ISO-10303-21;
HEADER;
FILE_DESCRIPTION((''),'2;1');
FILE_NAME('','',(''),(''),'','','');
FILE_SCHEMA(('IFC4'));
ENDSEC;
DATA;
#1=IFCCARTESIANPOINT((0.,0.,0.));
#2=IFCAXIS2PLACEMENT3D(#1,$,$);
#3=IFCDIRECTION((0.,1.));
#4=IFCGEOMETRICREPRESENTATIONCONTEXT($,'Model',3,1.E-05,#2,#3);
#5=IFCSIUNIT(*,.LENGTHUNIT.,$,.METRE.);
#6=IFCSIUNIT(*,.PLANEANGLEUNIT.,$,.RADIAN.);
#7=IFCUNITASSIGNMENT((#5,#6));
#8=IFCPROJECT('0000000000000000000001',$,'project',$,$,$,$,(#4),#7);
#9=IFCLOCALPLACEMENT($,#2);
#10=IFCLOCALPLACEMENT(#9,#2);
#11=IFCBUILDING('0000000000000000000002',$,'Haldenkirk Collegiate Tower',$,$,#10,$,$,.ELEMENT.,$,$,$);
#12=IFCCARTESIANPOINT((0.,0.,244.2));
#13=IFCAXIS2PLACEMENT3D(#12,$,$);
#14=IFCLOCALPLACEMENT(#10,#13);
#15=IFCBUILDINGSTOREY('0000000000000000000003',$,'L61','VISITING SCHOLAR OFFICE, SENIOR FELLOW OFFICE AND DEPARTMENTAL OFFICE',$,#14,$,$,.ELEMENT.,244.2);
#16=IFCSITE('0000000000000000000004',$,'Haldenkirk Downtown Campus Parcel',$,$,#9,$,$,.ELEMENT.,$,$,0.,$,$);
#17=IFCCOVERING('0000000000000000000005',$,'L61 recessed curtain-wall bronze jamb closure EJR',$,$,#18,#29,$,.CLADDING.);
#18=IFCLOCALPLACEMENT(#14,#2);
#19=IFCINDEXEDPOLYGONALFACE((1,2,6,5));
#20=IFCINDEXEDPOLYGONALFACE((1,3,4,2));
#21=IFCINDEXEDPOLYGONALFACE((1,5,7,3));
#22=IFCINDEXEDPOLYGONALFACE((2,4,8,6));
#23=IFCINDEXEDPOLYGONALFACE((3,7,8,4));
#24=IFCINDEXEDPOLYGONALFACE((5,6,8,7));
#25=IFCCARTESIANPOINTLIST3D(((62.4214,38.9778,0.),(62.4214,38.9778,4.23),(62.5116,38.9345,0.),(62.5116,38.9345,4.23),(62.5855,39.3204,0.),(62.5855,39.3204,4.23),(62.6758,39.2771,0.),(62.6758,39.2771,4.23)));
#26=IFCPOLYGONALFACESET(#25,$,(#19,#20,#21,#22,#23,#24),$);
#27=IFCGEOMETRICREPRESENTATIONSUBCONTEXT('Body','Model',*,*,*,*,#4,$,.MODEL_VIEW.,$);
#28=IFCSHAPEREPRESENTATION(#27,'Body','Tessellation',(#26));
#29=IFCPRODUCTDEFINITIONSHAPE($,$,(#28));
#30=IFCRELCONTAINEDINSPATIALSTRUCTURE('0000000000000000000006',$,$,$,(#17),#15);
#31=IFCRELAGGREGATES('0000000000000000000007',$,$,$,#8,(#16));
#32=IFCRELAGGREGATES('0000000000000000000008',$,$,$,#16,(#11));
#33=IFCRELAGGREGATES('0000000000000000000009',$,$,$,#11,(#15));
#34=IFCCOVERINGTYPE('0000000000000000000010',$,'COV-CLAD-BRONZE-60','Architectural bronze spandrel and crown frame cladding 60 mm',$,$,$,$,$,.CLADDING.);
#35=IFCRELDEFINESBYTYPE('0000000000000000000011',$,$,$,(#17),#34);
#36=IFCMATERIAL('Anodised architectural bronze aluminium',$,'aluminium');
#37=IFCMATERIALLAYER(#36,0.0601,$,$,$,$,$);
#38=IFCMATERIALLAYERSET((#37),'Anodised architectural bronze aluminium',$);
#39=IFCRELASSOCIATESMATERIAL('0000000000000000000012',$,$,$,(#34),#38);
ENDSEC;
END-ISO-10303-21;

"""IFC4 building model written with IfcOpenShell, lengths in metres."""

from ifc_helpers import new_model, si_unit, direction, frame, origin, origin_2d, place, context, subcontext, project, spatial, rectangle, extrude, source, transform, mapped, material, layer, layer_set, type_object, element, save


model = new_model("IFC4")

# Units and contexts
model_context = context("Model", 3, precision=1e-05, world=origin(), true_north=direction((0.0, 1.0)))
body_context = subcontext(model_context, "Body", "Model", "MODEL_VIEW")
ifc_project = project(units=[si_unit("LENGTHUNIT", "METRE"), si_unit("PLANEANGLEUNIT", "RADIAN")], contexts=[model_context])

# Site, building, storey
site_placement = place(None, origin())
site = spatial("IfcSite", under=ifc_project, at=site_placement, Name="Haldenkirk Downtown Campus Parcel", CompositionType="ELEMENT", RefElevation=0.0)
building_placement = place(site_placement, origin())
building = spatial("IfcBuilding", under=site, at=building_placement, Name="Haldenkirk Collegiate Tower", CompositionType="ELEMENT")
storey_placement = place(building_placement, frame((0.0, 0.0, 244.2)))
storey = spatial("IfcBuildingStorey", under=building, at=storey_placement, Name="L61", Description="VISITING SCHOLAR OFFICE, SENIOR FELLOW OFFICE AND DEPARTMENTAL OFFICE", CompositionType="ELEMENT", Elevation=244.2)

# Shared definitions
ifc_material_1 = material(Name="Anodised architectural bronze aluminium", Category="aluminium")

# Covering
ifc_layer_1 = layer(ifc_material_1, 0.0601)
ifc_layer_set_1 = layer_set([ifc_layer_1], Name="Anodised architectural bronze aluminium")
covering_type = type_object("IfcCoveringType", Name="COV-CLAD-BRONZE-60", Description="Architectural bronze spandrel and crown frame cladding 60 mm", PredefinedType="CLADDING", material=ifc_layer_set_1)
shared_shape_1 = source(origin(), body_context, "Body", "SweptSolid", [
    extrude(rectangle(XDim=0.1001, YDim=0.3799, at=origin_2d()), origin(), (0.0, 0.0, 1.0), 4.23),
])
covering_placement = place(storey_placement, frame((62.5486, 39.1274, 0.0), z_axis=(0.0, 0.0, 1.0), x_axis=(0.901833, -0.432086, 0.0)))
element("IfcCovering", 1, at=covering_placement, inside=storey, type_object=covering_type, Name="L61 recessed curtain-wall bronze jamb closure EJR", PredefinedType="CLADDING", context=body_context, shape_type="MappedRepresentation", body=[
    mapped(shared_shape_1, transform((0.0, 0.0, 0.0), x_axis=(1.0, 0.0, 0.0), y_axis=(0.0, 1.0, 0.0), z_axis=(0.0, 0.0, 1.0), scale=1.0)),
])

save(model, "model.ifc")
